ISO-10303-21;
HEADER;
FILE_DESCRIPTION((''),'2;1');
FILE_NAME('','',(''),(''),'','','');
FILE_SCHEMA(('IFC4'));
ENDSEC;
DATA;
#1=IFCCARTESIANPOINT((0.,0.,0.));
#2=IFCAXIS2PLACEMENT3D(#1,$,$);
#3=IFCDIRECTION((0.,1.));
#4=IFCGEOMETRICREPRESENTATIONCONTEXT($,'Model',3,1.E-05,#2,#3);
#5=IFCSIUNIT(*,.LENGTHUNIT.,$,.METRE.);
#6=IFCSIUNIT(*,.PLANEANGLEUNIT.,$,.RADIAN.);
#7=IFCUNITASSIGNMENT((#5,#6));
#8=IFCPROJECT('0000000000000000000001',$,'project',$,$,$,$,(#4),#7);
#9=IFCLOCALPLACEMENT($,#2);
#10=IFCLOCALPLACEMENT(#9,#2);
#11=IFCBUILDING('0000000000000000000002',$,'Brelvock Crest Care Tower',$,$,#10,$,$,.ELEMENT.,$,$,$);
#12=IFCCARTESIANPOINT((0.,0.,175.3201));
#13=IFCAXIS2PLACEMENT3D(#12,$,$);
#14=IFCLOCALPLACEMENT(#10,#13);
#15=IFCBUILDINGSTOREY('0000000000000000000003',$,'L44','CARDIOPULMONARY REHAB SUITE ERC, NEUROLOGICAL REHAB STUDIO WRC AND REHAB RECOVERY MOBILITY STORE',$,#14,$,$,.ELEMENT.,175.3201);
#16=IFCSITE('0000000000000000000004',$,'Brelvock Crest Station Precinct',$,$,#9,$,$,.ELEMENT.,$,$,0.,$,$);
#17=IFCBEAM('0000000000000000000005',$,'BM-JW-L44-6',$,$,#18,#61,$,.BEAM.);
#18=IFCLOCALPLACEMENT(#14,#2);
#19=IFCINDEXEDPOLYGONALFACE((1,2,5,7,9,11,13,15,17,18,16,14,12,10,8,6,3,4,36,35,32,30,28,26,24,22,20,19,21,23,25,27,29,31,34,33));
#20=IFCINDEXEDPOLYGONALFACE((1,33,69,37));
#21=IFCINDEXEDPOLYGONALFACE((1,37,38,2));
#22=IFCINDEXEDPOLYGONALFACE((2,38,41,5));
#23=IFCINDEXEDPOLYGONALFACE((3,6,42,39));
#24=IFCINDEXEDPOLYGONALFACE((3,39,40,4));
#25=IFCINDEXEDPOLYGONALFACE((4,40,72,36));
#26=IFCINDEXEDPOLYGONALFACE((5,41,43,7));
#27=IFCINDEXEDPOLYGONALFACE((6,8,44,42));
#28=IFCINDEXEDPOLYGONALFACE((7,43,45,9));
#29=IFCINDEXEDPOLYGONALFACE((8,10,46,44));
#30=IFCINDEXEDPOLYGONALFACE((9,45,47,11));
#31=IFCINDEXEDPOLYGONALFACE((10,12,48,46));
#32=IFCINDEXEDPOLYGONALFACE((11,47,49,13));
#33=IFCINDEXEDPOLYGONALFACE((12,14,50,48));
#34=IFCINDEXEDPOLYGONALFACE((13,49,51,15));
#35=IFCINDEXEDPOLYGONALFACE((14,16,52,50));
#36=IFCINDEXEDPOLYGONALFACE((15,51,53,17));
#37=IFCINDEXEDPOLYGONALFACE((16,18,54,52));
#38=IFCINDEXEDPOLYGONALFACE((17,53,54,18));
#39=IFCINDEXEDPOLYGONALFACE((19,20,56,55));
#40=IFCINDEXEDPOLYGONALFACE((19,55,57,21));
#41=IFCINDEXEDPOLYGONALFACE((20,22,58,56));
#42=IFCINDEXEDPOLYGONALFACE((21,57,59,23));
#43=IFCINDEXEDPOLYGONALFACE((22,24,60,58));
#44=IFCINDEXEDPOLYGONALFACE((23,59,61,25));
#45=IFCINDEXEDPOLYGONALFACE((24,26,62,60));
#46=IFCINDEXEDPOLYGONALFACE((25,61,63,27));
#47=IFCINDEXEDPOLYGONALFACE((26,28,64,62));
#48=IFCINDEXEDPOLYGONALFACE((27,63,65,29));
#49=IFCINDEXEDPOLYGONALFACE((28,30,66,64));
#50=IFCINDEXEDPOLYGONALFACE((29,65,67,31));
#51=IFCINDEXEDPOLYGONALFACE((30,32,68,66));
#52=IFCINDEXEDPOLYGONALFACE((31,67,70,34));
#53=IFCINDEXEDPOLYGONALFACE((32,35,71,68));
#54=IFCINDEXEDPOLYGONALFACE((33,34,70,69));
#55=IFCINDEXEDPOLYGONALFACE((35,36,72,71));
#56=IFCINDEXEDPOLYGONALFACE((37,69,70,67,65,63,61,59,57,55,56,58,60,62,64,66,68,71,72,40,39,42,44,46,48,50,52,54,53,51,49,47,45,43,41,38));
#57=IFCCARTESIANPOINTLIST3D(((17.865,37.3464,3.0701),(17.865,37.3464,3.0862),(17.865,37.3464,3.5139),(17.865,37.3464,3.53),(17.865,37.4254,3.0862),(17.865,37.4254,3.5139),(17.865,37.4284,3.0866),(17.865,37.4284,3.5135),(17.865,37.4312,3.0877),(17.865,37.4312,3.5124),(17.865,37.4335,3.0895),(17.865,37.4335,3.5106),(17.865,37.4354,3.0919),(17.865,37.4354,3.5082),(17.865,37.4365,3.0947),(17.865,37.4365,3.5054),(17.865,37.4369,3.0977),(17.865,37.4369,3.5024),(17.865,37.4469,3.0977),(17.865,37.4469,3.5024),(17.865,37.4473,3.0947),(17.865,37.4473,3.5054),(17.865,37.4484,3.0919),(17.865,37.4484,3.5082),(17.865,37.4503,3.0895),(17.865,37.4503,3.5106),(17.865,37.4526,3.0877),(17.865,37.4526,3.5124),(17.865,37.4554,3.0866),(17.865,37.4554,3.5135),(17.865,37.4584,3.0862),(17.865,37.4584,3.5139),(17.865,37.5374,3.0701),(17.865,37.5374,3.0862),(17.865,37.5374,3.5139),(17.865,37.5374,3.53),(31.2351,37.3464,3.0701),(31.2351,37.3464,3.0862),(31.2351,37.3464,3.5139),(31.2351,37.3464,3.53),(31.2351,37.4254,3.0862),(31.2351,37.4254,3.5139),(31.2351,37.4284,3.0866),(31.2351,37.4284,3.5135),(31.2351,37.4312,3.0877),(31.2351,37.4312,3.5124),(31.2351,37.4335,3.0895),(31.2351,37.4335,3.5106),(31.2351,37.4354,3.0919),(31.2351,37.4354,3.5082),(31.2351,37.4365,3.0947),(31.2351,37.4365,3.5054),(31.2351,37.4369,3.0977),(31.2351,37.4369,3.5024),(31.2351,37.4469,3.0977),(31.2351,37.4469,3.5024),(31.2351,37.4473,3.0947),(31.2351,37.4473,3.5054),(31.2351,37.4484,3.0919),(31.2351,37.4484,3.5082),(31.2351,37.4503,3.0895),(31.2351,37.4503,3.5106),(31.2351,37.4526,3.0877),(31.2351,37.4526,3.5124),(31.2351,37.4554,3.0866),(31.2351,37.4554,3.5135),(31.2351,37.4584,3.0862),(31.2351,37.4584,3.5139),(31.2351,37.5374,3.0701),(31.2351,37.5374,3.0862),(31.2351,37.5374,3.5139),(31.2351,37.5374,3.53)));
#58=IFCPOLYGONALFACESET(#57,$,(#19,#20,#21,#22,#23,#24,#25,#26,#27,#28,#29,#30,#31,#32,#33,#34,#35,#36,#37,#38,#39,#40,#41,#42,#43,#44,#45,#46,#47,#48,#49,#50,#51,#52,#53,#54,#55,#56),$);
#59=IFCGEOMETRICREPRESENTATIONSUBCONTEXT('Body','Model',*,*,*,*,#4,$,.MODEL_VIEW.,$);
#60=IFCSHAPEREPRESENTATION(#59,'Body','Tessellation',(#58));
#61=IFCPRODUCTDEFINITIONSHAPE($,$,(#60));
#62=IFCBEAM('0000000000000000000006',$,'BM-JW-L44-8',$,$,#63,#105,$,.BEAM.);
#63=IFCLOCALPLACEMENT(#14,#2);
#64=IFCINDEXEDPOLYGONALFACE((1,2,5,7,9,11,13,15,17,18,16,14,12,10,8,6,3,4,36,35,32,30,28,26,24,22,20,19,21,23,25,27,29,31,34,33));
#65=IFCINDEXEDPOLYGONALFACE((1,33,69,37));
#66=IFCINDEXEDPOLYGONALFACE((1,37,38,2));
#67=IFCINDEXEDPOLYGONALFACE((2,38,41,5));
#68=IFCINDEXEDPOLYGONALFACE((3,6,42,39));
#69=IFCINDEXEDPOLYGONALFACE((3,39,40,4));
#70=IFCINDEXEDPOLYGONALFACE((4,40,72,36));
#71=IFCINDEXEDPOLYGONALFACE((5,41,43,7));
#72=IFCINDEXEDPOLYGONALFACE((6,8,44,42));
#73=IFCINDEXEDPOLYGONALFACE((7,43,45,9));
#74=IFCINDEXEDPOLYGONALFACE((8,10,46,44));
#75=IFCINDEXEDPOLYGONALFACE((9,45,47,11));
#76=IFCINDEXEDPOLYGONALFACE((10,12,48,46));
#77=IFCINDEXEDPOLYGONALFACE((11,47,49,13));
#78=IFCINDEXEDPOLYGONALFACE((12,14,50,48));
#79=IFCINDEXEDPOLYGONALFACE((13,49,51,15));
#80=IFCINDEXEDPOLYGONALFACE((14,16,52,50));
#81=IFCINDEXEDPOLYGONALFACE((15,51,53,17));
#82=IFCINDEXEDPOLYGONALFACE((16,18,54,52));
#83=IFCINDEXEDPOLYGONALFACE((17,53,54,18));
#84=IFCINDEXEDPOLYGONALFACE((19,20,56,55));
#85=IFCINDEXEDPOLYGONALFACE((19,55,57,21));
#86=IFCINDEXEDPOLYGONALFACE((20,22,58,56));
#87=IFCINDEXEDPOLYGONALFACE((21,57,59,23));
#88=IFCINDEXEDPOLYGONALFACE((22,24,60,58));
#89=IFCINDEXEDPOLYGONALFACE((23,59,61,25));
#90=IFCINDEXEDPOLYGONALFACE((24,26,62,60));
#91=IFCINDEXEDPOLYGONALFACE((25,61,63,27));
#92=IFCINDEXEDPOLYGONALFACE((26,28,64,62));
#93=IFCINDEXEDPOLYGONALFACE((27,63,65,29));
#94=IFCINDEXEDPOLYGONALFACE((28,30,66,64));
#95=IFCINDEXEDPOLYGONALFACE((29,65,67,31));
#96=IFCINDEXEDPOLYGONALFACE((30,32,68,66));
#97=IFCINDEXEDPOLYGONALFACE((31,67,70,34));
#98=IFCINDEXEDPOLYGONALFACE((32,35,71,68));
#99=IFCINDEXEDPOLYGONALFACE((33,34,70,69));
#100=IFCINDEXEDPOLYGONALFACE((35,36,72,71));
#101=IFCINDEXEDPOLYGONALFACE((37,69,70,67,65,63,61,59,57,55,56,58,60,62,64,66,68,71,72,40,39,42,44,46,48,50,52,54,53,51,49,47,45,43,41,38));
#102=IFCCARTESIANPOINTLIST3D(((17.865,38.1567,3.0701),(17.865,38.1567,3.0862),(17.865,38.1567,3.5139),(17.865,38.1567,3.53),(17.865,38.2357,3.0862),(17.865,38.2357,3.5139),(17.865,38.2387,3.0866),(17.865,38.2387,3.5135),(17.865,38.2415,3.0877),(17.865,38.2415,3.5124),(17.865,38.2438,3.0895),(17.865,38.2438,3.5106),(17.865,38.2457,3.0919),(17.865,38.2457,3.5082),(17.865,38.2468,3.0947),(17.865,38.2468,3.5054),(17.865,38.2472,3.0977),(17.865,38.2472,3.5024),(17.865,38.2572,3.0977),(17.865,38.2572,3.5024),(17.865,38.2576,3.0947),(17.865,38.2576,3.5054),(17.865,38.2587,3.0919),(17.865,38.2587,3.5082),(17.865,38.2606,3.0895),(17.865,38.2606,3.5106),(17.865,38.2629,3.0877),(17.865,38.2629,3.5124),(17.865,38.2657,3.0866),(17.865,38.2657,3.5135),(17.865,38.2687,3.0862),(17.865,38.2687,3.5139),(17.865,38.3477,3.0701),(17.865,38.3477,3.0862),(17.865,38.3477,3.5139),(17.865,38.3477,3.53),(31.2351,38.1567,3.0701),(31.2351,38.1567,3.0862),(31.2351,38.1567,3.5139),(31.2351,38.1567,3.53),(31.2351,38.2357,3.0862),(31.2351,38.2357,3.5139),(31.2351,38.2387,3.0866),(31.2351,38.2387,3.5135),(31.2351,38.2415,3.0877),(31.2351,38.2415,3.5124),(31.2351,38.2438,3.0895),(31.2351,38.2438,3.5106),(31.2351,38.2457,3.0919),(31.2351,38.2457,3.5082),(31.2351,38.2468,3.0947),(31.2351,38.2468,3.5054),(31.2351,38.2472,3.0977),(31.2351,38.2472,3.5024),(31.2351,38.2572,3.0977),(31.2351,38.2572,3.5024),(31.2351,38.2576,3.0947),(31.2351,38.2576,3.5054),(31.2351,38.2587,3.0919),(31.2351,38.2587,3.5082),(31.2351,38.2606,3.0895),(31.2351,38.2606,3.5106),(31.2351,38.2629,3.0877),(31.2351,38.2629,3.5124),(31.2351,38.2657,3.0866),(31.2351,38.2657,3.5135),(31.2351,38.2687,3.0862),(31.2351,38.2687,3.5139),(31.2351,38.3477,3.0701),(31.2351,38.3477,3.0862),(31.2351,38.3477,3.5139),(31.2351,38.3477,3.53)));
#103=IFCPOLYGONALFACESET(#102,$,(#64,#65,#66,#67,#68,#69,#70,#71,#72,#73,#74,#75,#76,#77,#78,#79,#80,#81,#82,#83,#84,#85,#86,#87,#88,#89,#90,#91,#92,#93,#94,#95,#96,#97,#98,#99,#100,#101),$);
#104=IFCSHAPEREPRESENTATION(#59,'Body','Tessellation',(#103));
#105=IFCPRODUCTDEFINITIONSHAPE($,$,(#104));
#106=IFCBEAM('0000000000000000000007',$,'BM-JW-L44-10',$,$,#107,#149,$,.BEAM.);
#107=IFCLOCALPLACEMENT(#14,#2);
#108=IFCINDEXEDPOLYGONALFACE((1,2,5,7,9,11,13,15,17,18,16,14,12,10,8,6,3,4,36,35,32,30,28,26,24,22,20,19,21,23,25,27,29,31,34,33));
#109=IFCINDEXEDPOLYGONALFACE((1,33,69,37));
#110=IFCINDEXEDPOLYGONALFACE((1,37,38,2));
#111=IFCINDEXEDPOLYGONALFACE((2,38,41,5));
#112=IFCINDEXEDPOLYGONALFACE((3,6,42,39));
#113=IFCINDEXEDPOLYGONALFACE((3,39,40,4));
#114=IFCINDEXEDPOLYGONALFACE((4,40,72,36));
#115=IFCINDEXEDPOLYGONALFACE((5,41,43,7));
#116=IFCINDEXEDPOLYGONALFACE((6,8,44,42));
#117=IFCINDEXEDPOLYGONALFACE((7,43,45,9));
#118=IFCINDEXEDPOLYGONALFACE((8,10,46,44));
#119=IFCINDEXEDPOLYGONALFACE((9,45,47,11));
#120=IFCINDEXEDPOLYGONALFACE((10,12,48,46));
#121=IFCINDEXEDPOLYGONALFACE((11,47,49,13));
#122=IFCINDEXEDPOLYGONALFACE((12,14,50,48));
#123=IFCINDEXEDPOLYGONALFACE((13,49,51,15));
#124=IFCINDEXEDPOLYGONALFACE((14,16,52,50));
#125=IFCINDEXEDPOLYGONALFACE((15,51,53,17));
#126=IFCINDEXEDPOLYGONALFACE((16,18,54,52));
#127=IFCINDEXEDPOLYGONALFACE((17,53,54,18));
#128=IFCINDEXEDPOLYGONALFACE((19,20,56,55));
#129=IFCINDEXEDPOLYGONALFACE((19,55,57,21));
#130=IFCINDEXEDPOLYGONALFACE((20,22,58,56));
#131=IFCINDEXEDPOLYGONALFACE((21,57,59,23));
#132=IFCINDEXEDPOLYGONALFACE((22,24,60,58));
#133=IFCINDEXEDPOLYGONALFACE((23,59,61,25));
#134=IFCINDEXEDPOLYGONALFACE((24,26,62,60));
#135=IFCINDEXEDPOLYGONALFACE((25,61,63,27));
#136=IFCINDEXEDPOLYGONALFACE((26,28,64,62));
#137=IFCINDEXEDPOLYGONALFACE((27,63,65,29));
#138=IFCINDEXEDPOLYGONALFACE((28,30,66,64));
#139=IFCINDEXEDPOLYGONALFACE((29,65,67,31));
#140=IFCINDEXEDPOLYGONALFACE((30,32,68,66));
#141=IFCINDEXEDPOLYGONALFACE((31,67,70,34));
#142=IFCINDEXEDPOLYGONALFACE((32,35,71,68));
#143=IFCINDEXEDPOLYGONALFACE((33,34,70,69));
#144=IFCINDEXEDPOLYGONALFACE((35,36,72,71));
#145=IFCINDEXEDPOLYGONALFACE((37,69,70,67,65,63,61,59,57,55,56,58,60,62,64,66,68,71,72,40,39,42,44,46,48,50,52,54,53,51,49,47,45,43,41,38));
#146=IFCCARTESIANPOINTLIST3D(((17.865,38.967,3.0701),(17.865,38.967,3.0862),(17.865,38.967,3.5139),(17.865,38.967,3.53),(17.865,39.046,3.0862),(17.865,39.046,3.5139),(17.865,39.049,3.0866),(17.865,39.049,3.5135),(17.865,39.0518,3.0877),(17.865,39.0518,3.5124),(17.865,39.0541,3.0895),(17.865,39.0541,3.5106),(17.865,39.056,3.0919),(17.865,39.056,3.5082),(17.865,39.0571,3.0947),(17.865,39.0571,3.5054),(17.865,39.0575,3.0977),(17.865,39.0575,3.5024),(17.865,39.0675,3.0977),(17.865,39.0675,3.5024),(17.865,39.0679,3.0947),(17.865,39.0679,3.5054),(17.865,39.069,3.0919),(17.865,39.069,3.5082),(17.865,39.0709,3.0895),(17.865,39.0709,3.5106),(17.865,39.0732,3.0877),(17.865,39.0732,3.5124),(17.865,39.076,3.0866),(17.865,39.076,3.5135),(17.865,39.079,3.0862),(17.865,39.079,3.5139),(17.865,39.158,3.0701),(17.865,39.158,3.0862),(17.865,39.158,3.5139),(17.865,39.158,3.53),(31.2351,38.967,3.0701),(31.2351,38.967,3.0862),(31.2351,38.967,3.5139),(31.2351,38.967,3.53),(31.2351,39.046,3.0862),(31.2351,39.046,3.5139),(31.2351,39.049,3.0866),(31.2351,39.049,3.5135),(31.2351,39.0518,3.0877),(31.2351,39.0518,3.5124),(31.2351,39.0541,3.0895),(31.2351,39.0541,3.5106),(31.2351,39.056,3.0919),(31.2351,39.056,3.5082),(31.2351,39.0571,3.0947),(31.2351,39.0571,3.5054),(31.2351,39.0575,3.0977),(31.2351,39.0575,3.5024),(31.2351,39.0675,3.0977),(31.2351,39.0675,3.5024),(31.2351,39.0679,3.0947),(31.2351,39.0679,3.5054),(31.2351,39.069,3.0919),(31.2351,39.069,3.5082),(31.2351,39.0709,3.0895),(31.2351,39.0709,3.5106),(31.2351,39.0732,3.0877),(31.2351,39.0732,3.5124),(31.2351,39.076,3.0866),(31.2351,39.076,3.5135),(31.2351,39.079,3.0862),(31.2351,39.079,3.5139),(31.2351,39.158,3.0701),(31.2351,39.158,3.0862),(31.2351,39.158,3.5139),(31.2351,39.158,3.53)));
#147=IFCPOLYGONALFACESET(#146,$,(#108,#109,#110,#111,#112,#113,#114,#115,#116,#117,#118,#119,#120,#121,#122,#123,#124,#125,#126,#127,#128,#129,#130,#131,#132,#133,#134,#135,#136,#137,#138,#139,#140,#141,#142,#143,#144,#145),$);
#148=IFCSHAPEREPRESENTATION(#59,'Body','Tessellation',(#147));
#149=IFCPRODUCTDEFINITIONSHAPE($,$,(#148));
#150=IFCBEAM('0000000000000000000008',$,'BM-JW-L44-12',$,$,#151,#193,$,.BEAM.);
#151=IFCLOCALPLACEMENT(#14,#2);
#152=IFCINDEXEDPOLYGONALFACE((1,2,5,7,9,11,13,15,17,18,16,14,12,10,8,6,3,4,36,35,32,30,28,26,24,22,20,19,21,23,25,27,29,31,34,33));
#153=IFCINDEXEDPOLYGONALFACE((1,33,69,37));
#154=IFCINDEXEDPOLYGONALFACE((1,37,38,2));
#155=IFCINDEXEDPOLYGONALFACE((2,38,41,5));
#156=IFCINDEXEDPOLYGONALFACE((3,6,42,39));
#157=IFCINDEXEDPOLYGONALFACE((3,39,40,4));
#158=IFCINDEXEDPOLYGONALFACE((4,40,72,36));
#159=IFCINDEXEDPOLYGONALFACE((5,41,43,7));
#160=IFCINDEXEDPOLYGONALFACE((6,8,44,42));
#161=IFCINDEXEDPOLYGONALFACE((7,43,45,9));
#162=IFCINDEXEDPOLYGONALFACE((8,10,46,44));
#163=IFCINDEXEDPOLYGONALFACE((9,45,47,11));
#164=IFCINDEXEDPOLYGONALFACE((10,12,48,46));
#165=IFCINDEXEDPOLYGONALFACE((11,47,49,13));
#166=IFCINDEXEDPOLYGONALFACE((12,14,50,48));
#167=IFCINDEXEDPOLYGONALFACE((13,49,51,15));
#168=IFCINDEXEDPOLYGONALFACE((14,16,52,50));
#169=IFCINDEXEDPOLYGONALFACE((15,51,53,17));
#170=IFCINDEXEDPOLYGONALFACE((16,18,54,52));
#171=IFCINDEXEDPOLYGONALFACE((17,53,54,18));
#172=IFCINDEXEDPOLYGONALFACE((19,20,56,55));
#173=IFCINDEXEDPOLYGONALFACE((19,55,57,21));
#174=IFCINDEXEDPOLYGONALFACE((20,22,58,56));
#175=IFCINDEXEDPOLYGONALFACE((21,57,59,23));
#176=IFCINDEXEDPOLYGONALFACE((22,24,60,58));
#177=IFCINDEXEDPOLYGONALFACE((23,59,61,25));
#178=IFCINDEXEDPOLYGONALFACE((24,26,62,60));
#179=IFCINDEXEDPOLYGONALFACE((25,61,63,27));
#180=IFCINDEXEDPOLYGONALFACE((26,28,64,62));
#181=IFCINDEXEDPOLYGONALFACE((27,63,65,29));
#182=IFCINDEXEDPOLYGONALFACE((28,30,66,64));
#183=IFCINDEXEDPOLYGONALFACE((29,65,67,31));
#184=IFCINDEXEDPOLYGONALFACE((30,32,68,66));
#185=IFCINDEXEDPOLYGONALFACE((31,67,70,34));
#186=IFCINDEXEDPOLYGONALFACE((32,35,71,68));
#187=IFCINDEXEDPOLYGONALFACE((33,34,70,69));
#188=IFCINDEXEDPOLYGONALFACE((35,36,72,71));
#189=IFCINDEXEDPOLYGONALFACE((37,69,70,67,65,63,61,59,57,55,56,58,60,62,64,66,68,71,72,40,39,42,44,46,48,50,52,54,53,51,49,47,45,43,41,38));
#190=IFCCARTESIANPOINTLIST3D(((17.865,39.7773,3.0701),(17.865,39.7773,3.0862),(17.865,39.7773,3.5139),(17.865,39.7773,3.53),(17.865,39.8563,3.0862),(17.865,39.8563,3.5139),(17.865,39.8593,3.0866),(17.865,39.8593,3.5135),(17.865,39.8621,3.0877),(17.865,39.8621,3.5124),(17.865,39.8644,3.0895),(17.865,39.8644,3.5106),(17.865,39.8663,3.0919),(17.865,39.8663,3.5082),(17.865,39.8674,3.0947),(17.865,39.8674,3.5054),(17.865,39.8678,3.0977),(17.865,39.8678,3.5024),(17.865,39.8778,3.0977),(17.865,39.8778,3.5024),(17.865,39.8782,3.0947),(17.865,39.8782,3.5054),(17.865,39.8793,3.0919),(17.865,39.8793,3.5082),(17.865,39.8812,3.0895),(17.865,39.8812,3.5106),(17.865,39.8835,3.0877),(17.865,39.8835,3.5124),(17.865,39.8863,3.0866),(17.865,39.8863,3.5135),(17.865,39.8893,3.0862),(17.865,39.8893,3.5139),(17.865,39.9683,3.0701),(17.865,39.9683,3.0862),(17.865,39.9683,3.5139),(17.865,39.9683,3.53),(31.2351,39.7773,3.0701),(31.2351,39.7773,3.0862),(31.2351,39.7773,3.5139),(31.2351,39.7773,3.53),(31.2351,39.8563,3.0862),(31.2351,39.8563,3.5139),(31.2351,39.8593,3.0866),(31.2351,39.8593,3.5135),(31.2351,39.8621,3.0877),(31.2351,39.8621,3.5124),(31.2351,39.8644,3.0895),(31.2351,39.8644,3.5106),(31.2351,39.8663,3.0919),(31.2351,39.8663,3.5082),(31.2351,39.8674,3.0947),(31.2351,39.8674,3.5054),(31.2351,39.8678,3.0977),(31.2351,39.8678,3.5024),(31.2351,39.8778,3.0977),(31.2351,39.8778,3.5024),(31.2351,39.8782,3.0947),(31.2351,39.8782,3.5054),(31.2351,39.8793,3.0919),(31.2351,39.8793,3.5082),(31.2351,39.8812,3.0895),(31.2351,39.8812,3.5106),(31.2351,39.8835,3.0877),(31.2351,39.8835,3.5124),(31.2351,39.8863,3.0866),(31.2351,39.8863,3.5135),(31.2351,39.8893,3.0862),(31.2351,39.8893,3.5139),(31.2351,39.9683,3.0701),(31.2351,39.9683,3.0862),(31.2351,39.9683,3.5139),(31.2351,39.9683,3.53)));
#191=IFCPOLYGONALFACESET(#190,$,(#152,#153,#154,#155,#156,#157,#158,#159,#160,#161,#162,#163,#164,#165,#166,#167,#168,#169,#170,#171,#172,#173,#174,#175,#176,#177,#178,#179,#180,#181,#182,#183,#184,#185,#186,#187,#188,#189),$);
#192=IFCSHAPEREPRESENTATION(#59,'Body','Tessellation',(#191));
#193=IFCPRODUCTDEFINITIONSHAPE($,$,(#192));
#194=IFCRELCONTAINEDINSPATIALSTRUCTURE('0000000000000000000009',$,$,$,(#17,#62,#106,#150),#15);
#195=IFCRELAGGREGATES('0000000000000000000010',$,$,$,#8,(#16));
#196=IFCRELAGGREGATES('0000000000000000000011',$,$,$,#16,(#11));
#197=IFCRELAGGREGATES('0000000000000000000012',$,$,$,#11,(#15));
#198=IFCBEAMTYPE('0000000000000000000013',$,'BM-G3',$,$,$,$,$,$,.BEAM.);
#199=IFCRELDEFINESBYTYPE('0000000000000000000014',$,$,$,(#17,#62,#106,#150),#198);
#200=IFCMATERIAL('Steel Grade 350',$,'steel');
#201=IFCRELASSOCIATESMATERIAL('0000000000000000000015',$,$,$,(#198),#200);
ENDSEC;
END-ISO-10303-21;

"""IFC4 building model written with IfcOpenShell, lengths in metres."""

from ifc_helpers import new_model, si_unit, direction, frame, origin, origin_2d, place, context, subcontext, project, spatial, i_section, extrude, source, transform, mapped, material, material_profile, profile_set, type_object, element, save


model = new_model("IFC4")

# Units and contexts
model_context = context("Model", 3, precision=1e-05, world=origin(), true_north=direction((0.0, 1.0)))
body_context = subcontext(model_context, "Body", "Model", "MODEL_VIEW")
ifc_project = project(units=[si_unit("LENGTHUNIT", "METRE"), si_unit("PLANEANGLEUNIT", "RADIAN")], contexts=[model_context])

# Site, building, storey
site_placement = place(None, origin())
site = spatial("IfcSite", under=ifc_project, at=site_placement, Name="Brelvock Crest Station Precinct", CompositionType="ELEMENT", RefElevation=0.0)
building_placement = place(site_placement, origin())
building = spatial("IfcBuilding", under=site, at=building_placement, Name="Brelvock Crest Care Tower", CompositionType="ELEMENT")
storey_placement = place(building_placement, frame((0.0, 0.0, 175.3201)))
storey = spatial("IfcBuildingStorey", under=building, at=storey_placement, Name="L44", Description="CARDIOPULMONARY REHAB SUITE ERC, NEUROLOGICAL REHAB STUDIO WRC AND REHAB RECOVERY MOBILITY STORE", CompositionType="ELEMENT", Elevation=175.3201)

# Beams
ifc_material_1 = material(Name="Steel Grade 350", Category="steel")
ifc_material_profile_1 = material_profile(ifc_material_1, i_section(OverallWidth=0.1909, OverallDepth=0.46, WebThickness=0.01, FlangeThickness=0.0161, FilletRadius=0.0115, at=origin_2d()), Name="460UB82.1")
ifc_profile_set_1 = profile_set([ifc_material_profile_1], Name="Steel Grade 350")
beam_type_1 = type_object("IfcBeamType", Name="BM-G3", PredefinedType="BEAM", material=ifc_profile_set_1)
shared_shape_1 = source(origin(), body_context, "Body", "SweptSolid", [
    extrude(i_section(OverallWidth=0.1909, OverallDepth=0.46, WebThickness=0.01, FlangeThickness=0.0161, FilletRadius=0.0115, at=origin_2d()), origin(), (0.0, 0.0, 1.0), 13.3701),
])
for number, where, z_axis, x_axis, name in (
    (1, (17.865, 37.4419, 3.3), (1.0, 0.0, 0.0), (0.0, 1.0, 0.0), "BM-JW-L44-6"),
    (2, (17.865, 38.2522, 3.3), (1.0, 0.0, 0.0), (0.0, 1.0, 0.0), "BM-JW-L44-8"),
    (3, (17.865, 39.0625, 3.3), (1.0, 0.0, 0.0), (0.0, 1.0, 0.0), "BM-JW-L44-10"),
    (4, (17.865, 39.8728, 3.3), (1.0, 0.0, 0.0), (0.0, 1.0, 0.0), "BM-JW-L44-12"),
):
    element("IfcBeam", number, at=place(storey_placement, frame(where, z_axis=z_axis, x_axis=x_axis)), inside=storey, type_object=beam_type_1, Name=name, PredefinedType="BEAM", context=body_context, shape_type="MappedRepresentation", body=[
        mapped(shared_shape_1, transform((0.0, 0.0, 0.0), x_axis=(1.0, 0.0, 0.0), y_axis=(0.0, 1.0, 0.0), z_axis=(0.0, 0.0, 1.0), scale=1.0)),
    ])

save(model, "model.ifc")
